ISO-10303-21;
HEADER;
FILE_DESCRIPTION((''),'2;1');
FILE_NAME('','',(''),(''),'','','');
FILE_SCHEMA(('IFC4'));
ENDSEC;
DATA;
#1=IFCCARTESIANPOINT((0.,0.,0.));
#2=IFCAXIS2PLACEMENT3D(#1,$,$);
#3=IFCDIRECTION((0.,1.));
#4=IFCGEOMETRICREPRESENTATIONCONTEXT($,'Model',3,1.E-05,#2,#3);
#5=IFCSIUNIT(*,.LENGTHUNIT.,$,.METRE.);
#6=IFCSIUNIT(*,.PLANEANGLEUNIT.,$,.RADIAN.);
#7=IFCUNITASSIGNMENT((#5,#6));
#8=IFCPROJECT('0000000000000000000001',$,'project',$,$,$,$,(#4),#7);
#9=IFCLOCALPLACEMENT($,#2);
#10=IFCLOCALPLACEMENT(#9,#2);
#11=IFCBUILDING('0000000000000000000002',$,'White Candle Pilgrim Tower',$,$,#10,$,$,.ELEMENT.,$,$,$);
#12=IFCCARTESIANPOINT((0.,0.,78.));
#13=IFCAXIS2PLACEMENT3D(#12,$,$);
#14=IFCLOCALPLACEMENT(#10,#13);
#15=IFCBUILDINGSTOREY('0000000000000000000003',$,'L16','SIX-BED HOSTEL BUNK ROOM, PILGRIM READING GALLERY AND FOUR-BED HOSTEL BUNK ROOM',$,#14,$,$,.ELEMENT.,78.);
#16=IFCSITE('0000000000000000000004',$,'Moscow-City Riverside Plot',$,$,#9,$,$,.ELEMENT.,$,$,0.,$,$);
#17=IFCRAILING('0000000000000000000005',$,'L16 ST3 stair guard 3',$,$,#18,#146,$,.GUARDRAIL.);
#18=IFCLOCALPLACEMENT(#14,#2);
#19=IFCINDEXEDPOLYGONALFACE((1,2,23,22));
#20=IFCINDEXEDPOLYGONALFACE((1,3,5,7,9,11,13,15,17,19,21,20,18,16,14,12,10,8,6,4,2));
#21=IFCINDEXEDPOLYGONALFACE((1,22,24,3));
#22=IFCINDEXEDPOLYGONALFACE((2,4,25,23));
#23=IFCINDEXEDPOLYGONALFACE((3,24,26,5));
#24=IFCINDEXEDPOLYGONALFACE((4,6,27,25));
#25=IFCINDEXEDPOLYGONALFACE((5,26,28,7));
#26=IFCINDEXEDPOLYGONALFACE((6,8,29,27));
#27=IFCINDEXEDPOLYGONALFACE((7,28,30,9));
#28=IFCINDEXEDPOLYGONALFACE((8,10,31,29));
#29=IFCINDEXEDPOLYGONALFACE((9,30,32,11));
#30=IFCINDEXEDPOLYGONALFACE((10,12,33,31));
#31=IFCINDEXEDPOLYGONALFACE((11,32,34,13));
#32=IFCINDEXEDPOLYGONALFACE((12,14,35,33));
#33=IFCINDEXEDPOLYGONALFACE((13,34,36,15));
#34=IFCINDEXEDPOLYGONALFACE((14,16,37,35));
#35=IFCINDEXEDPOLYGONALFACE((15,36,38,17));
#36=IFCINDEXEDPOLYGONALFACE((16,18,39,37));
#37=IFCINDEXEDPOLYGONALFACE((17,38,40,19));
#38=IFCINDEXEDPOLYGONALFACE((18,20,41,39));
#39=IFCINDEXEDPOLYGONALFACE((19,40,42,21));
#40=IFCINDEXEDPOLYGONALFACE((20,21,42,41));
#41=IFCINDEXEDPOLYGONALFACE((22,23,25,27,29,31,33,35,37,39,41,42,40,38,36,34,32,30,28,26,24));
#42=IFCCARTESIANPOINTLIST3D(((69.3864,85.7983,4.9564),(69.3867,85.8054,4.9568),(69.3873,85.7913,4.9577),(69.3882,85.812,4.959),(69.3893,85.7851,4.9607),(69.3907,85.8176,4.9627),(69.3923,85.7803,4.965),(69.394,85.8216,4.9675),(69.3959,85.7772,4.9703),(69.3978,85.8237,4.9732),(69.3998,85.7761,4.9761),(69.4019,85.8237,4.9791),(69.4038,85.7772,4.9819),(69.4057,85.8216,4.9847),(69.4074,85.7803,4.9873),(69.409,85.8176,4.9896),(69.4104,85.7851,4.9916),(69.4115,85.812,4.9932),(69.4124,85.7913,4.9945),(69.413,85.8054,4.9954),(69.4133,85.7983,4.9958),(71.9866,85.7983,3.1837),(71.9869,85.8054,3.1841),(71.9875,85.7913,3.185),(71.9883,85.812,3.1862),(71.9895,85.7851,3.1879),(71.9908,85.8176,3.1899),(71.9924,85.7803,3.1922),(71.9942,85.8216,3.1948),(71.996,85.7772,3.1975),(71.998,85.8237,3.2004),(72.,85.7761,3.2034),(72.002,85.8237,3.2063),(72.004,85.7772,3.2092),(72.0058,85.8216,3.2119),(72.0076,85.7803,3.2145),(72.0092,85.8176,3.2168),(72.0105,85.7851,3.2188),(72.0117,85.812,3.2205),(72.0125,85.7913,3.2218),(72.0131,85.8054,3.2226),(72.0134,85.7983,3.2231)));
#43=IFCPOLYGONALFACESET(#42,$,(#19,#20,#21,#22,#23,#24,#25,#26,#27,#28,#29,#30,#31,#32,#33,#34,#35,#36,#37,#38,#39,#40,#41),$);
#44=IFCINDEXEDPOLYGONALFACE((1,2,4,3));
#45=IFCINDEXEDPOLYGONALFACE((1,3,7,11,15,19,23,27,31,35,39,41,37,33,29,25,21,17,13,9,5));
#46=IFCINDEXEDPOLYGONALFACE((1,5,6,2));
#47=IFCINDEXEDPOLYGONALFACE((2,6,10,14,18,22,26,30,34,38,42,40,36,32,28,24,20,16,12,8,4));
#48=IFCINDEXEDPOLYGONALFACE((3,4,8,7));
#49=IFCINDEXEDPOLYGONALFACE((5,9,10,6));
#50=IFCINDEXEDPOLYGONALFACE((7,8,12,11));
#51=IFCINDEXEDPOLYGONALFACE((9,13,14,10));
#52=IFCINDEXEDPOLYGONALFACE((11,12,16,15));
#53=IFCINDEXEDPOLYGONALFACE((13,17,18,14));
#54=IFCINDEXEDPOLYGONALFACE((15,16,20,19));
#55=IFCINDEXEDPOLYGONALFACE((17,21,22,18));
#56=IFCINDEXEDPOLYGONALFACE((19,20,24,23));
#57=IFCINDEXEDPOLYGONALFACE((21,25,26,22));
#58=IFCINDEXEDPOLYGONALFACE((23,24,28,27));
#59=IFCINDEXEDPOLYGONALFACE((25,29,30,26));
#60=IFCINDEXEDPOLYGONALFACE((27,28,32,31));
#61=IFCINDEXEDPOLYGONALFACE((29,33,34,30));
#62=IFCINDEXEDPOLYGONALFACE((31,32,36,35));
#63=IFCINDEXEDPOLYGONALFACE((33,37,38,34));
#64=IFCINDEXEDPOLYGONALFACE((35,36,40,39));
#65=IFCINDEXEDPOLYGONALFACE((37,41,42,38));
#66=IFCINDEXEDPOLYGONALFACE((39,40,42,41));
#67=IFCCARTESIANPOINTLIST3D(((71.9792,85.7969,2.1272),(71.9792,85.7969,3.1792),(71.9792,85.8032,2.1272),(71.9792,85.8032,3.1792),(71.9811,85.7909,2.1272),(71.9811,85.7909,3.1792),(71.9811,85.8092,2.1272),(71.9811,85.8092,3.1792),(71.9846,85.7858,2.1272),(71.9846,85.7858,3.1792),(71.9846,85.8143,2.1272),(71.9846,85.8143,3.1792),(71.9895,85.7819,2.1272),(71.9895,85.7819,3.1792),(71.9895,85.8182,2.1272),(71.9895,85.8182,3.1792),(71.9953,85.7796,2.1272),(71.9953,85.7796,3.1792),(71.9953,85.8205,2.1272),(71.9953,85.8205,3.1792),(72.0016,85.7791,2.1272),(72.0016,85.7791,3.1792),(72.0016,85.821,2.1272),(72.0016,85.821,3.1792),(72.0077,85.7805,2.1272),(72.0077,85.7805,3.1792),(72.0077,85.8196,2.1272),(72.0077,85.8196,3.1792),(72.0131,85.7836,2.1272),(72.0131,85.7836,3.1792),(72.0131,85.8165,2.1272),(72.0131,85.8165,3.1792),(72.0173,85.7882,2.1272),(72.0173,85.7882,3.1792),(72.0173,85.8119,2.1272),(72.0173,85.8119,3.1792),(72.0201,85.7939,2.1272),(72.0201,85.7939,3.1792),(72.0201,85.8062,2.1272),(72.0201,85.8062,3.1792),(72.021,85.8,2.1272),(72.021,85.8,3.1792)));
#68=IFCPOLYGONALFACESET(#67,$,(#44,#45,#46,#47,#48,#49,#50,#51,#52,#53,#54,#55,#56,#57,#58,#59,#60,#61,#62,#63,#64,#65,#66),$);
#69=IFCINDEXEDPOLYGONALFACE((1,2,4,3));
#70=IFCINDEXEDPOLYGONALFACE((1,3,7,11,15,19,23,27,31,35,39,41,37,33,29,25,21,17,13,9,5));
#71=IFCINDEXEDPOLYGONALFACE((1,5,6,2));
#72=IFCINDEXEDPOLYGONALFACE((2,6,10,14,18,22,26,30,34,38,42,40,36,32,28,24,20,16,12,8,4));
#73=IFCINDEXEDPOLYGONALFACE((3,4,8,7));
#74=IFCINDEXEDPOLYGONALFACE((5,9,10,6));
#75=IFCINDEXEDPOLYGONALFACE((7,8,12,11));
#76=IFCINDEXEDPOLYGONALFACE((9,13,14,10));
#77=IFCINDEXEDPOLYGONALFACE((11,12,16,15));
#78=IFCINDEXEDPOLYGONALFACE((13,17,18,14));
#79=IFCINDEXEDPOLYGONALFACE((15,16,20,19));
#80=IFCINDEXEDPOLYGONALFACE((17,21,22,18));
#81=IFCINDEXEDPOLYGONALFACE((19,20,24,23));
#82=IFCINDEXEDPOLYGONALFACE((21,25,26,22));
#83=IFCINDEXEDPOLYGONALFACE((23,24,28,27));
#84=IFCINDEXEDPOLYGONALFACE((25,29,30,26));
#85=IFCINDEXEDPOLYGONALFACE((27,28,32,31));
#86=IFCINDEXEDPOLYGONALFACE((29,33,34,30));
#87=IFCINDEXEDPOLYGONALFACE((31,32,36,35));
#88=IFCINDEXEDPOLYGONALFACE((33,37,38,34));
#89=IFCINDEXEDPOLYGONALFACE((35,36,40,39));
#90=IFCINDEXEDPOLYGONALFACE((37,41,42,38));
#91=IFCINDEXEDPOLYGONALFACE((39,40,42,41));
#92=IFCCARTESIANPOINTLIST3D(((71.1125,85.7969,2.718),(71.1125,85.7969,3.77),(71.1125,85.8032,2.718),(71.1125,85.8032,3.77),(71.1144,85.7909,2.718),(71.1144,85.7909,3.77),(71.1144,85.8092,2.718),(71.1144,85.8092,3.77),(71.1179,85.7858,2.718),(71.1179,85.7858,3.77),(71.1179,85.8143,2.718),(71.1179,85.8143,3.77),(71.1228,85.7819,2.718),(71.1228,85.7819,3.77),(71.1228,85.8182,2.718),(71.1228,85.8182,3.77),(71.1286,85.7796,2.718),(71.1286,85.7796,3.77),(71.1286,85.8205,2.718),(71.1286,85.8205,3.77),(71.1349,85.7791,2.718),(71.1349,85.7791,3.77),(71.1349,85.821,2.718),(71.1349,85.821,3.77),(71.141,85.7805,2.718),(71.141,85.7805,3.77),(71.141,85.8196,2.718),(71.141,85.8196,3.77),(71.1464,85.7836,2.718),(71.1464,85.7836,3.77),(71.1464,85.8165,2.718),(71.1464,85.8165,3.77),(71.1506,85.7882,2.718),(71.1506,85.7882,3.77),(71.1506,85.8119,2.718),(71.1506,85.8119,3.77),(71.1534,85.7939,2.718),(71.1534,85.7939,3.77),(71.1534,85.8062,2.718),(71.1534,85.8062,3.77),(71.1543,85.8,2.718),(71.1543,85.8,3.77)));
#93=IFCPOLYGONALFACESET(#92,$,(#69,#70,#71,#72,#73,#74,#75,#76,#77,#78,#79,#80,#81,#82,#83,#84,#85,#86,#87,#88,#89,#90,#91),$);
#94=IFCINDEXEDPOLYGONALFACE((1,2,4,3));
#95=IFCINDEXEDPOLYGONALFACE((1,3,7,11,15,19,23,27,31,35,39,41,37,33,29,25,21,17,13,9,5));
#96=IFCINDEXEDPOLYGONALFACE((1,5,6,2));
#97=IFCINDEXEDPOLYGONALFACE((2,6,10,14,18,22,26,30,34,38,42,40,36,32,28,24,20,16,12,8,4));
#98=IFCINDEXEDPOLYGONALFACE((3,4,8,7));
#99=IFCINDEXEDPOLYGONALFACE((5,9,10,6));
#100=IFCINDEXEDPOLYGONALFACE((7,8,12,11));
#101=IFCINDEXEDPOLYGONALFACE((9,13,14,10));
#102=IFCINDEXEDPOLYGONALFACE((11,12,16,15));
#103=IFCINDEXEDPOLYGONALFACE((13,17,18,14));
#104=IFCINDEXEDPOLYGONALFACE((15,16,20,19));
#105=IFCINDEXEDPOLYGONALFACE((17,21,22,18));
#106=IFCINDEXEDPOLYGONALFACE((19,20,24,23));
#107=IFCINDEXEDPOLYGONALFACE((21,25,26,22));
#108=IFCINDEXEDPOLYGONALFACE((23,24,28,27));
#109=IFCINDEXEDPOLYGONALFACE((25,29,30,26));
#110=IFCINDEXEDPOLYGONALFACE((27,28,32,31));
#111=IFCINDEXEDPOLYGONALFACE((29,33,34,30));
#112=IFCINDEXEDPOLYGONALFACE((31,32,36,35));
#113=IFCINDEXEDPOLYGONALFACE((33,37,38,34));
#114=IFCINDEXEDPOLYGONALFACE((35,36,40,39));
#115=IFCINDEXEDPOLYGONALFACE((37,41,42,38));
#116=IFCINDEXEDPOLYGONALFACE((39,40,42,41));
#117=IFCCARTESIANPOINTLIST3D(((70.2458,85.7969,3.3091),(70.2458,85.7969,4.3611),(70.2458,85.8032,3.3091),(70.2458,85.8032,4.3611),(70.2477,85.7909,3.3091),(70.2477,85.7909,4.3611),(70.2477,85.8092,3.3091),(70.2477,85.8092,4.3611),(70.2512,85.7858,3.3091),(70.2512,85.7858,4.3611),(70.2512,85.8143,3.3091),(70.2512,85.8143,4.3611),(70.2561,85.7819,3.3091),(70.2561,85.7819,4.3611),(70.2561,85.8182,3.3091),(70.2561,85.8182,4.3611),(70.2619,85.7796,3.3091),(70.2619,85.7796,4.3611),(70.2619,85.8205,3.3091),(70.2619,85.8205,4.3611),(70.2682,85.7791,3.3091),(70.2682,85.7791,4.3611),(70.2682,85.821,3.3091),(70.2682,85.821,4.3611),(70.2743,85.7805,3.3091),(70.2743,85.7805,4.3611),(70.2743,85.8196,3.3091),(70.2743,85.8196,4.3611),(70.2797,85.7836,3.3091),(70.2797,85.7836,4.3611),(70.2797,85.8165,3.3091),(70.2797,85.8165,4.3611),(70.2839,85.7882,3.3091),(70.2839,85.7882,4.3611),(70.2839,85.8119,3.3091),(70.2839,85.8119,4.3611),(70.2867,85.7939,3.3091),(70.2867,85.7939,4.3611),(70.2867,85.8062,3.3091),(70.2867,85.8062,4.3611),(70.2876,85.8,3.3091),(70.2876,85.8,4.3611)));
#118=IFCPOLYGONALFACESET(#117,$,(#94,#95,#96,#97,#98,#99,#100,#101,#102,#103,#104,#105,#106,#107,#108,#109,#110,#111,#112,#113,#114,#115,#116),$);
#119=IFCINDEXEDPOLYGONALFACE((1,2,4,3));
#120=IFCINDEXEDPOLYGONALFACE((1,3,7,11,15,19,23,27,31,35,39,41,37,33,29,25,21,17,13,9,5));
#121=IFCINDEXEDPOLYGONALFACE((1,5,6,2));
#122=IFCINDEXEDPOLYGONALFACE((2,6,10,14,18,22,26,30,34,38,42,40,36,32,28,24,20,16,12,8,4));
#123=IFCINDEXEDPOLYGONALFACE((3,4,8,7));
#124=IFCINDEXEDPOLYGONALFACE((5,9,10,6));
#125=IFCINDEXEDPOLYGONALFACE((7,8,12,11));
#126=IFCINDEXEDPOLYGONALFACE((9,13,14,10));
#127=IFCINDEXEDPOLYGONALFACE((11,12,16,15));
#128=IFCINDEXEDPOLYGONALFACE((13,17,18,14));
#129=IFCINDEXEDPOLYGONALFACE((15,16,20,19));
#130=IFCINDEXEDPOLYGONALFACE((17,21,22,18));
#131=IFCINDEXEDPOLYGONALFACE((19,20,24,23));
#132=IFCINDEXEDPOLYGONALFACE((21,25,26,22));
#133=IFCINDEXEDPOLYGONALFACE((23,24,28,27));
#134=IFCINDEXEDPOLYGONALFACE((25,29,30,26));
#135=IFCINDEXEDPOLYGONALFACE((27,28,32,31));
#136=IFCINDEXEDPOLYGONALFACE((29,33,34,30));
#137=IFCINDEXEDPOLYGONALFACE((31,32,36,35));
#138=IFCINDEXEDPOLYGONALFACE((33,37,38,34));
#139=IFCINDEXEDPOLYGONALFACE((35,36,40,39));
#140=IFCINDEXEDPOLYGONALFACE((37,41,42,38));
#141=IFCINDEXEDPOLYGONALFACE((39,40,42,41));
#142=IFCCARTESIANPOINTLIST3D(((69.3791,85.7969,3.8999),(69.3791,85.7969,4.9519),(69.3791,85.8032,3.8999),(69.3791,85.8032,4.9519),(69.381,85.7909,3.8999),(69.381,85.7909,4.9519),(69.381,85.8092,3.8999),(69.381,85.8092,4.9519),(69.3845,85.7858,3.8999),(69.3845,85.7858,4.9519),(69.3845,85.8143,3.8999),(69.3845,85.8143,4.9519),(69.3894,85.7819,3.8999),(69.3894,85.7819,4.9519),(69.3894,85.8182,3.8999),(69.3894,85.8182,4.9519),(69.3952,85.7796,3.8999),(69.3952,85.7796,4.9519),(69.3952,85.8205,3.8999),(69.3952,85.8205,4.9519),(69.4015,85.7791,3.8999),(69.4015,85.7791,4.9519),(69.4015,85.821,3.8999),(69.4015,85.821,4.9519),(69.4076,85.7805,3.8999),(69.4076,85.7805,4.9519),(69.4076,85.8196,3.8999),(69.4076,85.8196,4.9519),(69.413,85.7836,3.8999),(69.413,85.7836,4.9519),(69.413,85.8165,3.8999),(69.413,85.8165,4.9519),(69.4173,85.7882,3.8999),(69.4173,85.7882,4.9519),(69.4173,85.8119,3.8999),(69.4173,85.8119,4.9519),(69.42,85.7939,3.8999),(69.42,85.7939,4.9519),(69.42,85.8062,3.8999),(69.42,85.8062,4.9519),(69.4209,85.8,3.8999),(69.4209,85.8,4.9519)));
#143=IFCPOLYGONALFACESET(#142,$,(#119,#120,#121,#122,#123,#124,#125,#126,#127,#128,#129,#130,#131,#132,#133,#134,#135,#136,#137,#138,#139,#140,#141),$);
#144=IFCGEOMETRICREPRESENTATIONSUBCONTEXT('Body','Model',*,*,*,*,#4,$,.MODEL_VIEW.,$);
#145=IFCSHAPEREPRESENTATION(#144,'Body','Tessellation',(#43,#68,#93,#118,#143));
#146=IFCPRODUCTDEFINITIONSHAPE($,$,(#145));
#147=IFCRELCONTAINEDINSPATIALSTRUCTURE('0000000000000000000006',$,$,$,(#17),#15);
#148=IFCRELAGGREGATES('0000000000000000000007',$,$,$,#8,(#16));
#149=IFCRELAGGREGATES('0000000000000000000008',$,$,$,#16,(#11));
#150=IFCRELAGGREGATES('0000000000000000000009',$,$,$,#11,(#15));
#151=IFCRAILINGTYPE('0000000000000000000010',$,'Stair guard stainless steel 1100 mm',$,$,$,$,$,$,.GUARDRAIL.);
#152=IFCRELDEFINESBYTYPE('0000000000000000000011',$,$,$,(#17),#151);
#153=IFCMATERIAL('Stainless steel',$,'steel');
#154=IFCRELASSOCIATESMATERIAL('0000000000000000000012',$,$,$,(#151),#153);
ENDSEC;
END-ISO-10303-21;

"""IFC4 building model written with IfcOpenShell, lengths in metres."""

from ifc_helpers import new_model, si_unit, direction, frame, origin, origin_2d, place, context, subcontext, project, spatial, circle, extrude, material, type_object, element, save


model = new_model("IFC4")

# Units and contexts
model_context = context("Model", 3, precision=1e-05, world=origin(), true_north=direction((0.0, 1.0)))
body_context = subcontext(model_context, "Body", "Model", "MODEL_VIEW")
ifc_project = project(units=[si_unit("LENGTHUNIT", "METRE"), si_unit("PLANEANGLEUNIT", "RADIAN")], contexts=[model_context])

# Site, building, storey
site_placement = place(None, origin())
site = spatial("IfcSite", under=ifc_project, at=site_placement, Name="Moscow-City Riverside Plot", CompositionType="ELEMENT", RefElevation=0.0)
building_placement = place(site_placement, origin())
building = spatial("IfcBuilding", under=site, at=building_placement, Name="White Candle Pilgrim Tower", CompositionType="ELEMENT")
storey_placement = place(building_placement, frame((0.0, 0.0, 78.0)))
storey = spatial("IfcBuildingStorey", under=building, at=storey_placement, Name="L16", Description="SIX-BED HOSTEL BUNK ROOM, PILGRIM READING GALLERY AND FOUR-BED HOSTEL BUNK ROOM", CompositionType="ELEMENT", Elevation=78.0)

# Railing
ifc_material_1 = material(Name="Stainless steel", Category="steel")
railing_type_1 = type_object("IfcRailingType", Name="Stair guard stainless steel 1100 mm", PredefinedType="GUARDRAIL", material=ifc_material_1)
railing_1_placement = place(storey_placement, frame((72.0, 85.8, 2.1272)))
element("IfcRailing", 1, at=railing_1_placement, inside=storey, type_object=railing_type_1, Name="L16 ST3 stair guard 3", PredefinedType="GUARDRAIL", context=body_context, shape_type="SweptSolid", body=[
    extrude(circle(Radius=0.0239, at=origin_2d()), frame((0.0, 0.0, 1.0762), z_axis=(-0.82624, 0.0, 0.563318), x_axis=(0.0, -1.0, 0.0)), (0.0, 0.0, 1.0), 3.147),
    extrude(circle(Radius=0.021, at=origin_2d()), origin(), (0.0, 0.0, 1.0), 1.052),
    extrude(circle(Radius=0.021, at=origin_2d()), frame((-0.8667, 0.0, 0.5908)), (0.0, 0.0, 1.0), 1.052),
    extrude(circle(Radius=0.021, at=origin_2d()), frame((-1.7334, 0.0, 1.1819)), (0.0, 0.0, 1.0), 1.052),
    extrude(circle(Radius=0.021, at=origin_2d()), frame((-2.6001, 0.0, 1.7727)), (0.0, 0.0, 1.0), 1.052),
])

save(model, "model.ifc")
